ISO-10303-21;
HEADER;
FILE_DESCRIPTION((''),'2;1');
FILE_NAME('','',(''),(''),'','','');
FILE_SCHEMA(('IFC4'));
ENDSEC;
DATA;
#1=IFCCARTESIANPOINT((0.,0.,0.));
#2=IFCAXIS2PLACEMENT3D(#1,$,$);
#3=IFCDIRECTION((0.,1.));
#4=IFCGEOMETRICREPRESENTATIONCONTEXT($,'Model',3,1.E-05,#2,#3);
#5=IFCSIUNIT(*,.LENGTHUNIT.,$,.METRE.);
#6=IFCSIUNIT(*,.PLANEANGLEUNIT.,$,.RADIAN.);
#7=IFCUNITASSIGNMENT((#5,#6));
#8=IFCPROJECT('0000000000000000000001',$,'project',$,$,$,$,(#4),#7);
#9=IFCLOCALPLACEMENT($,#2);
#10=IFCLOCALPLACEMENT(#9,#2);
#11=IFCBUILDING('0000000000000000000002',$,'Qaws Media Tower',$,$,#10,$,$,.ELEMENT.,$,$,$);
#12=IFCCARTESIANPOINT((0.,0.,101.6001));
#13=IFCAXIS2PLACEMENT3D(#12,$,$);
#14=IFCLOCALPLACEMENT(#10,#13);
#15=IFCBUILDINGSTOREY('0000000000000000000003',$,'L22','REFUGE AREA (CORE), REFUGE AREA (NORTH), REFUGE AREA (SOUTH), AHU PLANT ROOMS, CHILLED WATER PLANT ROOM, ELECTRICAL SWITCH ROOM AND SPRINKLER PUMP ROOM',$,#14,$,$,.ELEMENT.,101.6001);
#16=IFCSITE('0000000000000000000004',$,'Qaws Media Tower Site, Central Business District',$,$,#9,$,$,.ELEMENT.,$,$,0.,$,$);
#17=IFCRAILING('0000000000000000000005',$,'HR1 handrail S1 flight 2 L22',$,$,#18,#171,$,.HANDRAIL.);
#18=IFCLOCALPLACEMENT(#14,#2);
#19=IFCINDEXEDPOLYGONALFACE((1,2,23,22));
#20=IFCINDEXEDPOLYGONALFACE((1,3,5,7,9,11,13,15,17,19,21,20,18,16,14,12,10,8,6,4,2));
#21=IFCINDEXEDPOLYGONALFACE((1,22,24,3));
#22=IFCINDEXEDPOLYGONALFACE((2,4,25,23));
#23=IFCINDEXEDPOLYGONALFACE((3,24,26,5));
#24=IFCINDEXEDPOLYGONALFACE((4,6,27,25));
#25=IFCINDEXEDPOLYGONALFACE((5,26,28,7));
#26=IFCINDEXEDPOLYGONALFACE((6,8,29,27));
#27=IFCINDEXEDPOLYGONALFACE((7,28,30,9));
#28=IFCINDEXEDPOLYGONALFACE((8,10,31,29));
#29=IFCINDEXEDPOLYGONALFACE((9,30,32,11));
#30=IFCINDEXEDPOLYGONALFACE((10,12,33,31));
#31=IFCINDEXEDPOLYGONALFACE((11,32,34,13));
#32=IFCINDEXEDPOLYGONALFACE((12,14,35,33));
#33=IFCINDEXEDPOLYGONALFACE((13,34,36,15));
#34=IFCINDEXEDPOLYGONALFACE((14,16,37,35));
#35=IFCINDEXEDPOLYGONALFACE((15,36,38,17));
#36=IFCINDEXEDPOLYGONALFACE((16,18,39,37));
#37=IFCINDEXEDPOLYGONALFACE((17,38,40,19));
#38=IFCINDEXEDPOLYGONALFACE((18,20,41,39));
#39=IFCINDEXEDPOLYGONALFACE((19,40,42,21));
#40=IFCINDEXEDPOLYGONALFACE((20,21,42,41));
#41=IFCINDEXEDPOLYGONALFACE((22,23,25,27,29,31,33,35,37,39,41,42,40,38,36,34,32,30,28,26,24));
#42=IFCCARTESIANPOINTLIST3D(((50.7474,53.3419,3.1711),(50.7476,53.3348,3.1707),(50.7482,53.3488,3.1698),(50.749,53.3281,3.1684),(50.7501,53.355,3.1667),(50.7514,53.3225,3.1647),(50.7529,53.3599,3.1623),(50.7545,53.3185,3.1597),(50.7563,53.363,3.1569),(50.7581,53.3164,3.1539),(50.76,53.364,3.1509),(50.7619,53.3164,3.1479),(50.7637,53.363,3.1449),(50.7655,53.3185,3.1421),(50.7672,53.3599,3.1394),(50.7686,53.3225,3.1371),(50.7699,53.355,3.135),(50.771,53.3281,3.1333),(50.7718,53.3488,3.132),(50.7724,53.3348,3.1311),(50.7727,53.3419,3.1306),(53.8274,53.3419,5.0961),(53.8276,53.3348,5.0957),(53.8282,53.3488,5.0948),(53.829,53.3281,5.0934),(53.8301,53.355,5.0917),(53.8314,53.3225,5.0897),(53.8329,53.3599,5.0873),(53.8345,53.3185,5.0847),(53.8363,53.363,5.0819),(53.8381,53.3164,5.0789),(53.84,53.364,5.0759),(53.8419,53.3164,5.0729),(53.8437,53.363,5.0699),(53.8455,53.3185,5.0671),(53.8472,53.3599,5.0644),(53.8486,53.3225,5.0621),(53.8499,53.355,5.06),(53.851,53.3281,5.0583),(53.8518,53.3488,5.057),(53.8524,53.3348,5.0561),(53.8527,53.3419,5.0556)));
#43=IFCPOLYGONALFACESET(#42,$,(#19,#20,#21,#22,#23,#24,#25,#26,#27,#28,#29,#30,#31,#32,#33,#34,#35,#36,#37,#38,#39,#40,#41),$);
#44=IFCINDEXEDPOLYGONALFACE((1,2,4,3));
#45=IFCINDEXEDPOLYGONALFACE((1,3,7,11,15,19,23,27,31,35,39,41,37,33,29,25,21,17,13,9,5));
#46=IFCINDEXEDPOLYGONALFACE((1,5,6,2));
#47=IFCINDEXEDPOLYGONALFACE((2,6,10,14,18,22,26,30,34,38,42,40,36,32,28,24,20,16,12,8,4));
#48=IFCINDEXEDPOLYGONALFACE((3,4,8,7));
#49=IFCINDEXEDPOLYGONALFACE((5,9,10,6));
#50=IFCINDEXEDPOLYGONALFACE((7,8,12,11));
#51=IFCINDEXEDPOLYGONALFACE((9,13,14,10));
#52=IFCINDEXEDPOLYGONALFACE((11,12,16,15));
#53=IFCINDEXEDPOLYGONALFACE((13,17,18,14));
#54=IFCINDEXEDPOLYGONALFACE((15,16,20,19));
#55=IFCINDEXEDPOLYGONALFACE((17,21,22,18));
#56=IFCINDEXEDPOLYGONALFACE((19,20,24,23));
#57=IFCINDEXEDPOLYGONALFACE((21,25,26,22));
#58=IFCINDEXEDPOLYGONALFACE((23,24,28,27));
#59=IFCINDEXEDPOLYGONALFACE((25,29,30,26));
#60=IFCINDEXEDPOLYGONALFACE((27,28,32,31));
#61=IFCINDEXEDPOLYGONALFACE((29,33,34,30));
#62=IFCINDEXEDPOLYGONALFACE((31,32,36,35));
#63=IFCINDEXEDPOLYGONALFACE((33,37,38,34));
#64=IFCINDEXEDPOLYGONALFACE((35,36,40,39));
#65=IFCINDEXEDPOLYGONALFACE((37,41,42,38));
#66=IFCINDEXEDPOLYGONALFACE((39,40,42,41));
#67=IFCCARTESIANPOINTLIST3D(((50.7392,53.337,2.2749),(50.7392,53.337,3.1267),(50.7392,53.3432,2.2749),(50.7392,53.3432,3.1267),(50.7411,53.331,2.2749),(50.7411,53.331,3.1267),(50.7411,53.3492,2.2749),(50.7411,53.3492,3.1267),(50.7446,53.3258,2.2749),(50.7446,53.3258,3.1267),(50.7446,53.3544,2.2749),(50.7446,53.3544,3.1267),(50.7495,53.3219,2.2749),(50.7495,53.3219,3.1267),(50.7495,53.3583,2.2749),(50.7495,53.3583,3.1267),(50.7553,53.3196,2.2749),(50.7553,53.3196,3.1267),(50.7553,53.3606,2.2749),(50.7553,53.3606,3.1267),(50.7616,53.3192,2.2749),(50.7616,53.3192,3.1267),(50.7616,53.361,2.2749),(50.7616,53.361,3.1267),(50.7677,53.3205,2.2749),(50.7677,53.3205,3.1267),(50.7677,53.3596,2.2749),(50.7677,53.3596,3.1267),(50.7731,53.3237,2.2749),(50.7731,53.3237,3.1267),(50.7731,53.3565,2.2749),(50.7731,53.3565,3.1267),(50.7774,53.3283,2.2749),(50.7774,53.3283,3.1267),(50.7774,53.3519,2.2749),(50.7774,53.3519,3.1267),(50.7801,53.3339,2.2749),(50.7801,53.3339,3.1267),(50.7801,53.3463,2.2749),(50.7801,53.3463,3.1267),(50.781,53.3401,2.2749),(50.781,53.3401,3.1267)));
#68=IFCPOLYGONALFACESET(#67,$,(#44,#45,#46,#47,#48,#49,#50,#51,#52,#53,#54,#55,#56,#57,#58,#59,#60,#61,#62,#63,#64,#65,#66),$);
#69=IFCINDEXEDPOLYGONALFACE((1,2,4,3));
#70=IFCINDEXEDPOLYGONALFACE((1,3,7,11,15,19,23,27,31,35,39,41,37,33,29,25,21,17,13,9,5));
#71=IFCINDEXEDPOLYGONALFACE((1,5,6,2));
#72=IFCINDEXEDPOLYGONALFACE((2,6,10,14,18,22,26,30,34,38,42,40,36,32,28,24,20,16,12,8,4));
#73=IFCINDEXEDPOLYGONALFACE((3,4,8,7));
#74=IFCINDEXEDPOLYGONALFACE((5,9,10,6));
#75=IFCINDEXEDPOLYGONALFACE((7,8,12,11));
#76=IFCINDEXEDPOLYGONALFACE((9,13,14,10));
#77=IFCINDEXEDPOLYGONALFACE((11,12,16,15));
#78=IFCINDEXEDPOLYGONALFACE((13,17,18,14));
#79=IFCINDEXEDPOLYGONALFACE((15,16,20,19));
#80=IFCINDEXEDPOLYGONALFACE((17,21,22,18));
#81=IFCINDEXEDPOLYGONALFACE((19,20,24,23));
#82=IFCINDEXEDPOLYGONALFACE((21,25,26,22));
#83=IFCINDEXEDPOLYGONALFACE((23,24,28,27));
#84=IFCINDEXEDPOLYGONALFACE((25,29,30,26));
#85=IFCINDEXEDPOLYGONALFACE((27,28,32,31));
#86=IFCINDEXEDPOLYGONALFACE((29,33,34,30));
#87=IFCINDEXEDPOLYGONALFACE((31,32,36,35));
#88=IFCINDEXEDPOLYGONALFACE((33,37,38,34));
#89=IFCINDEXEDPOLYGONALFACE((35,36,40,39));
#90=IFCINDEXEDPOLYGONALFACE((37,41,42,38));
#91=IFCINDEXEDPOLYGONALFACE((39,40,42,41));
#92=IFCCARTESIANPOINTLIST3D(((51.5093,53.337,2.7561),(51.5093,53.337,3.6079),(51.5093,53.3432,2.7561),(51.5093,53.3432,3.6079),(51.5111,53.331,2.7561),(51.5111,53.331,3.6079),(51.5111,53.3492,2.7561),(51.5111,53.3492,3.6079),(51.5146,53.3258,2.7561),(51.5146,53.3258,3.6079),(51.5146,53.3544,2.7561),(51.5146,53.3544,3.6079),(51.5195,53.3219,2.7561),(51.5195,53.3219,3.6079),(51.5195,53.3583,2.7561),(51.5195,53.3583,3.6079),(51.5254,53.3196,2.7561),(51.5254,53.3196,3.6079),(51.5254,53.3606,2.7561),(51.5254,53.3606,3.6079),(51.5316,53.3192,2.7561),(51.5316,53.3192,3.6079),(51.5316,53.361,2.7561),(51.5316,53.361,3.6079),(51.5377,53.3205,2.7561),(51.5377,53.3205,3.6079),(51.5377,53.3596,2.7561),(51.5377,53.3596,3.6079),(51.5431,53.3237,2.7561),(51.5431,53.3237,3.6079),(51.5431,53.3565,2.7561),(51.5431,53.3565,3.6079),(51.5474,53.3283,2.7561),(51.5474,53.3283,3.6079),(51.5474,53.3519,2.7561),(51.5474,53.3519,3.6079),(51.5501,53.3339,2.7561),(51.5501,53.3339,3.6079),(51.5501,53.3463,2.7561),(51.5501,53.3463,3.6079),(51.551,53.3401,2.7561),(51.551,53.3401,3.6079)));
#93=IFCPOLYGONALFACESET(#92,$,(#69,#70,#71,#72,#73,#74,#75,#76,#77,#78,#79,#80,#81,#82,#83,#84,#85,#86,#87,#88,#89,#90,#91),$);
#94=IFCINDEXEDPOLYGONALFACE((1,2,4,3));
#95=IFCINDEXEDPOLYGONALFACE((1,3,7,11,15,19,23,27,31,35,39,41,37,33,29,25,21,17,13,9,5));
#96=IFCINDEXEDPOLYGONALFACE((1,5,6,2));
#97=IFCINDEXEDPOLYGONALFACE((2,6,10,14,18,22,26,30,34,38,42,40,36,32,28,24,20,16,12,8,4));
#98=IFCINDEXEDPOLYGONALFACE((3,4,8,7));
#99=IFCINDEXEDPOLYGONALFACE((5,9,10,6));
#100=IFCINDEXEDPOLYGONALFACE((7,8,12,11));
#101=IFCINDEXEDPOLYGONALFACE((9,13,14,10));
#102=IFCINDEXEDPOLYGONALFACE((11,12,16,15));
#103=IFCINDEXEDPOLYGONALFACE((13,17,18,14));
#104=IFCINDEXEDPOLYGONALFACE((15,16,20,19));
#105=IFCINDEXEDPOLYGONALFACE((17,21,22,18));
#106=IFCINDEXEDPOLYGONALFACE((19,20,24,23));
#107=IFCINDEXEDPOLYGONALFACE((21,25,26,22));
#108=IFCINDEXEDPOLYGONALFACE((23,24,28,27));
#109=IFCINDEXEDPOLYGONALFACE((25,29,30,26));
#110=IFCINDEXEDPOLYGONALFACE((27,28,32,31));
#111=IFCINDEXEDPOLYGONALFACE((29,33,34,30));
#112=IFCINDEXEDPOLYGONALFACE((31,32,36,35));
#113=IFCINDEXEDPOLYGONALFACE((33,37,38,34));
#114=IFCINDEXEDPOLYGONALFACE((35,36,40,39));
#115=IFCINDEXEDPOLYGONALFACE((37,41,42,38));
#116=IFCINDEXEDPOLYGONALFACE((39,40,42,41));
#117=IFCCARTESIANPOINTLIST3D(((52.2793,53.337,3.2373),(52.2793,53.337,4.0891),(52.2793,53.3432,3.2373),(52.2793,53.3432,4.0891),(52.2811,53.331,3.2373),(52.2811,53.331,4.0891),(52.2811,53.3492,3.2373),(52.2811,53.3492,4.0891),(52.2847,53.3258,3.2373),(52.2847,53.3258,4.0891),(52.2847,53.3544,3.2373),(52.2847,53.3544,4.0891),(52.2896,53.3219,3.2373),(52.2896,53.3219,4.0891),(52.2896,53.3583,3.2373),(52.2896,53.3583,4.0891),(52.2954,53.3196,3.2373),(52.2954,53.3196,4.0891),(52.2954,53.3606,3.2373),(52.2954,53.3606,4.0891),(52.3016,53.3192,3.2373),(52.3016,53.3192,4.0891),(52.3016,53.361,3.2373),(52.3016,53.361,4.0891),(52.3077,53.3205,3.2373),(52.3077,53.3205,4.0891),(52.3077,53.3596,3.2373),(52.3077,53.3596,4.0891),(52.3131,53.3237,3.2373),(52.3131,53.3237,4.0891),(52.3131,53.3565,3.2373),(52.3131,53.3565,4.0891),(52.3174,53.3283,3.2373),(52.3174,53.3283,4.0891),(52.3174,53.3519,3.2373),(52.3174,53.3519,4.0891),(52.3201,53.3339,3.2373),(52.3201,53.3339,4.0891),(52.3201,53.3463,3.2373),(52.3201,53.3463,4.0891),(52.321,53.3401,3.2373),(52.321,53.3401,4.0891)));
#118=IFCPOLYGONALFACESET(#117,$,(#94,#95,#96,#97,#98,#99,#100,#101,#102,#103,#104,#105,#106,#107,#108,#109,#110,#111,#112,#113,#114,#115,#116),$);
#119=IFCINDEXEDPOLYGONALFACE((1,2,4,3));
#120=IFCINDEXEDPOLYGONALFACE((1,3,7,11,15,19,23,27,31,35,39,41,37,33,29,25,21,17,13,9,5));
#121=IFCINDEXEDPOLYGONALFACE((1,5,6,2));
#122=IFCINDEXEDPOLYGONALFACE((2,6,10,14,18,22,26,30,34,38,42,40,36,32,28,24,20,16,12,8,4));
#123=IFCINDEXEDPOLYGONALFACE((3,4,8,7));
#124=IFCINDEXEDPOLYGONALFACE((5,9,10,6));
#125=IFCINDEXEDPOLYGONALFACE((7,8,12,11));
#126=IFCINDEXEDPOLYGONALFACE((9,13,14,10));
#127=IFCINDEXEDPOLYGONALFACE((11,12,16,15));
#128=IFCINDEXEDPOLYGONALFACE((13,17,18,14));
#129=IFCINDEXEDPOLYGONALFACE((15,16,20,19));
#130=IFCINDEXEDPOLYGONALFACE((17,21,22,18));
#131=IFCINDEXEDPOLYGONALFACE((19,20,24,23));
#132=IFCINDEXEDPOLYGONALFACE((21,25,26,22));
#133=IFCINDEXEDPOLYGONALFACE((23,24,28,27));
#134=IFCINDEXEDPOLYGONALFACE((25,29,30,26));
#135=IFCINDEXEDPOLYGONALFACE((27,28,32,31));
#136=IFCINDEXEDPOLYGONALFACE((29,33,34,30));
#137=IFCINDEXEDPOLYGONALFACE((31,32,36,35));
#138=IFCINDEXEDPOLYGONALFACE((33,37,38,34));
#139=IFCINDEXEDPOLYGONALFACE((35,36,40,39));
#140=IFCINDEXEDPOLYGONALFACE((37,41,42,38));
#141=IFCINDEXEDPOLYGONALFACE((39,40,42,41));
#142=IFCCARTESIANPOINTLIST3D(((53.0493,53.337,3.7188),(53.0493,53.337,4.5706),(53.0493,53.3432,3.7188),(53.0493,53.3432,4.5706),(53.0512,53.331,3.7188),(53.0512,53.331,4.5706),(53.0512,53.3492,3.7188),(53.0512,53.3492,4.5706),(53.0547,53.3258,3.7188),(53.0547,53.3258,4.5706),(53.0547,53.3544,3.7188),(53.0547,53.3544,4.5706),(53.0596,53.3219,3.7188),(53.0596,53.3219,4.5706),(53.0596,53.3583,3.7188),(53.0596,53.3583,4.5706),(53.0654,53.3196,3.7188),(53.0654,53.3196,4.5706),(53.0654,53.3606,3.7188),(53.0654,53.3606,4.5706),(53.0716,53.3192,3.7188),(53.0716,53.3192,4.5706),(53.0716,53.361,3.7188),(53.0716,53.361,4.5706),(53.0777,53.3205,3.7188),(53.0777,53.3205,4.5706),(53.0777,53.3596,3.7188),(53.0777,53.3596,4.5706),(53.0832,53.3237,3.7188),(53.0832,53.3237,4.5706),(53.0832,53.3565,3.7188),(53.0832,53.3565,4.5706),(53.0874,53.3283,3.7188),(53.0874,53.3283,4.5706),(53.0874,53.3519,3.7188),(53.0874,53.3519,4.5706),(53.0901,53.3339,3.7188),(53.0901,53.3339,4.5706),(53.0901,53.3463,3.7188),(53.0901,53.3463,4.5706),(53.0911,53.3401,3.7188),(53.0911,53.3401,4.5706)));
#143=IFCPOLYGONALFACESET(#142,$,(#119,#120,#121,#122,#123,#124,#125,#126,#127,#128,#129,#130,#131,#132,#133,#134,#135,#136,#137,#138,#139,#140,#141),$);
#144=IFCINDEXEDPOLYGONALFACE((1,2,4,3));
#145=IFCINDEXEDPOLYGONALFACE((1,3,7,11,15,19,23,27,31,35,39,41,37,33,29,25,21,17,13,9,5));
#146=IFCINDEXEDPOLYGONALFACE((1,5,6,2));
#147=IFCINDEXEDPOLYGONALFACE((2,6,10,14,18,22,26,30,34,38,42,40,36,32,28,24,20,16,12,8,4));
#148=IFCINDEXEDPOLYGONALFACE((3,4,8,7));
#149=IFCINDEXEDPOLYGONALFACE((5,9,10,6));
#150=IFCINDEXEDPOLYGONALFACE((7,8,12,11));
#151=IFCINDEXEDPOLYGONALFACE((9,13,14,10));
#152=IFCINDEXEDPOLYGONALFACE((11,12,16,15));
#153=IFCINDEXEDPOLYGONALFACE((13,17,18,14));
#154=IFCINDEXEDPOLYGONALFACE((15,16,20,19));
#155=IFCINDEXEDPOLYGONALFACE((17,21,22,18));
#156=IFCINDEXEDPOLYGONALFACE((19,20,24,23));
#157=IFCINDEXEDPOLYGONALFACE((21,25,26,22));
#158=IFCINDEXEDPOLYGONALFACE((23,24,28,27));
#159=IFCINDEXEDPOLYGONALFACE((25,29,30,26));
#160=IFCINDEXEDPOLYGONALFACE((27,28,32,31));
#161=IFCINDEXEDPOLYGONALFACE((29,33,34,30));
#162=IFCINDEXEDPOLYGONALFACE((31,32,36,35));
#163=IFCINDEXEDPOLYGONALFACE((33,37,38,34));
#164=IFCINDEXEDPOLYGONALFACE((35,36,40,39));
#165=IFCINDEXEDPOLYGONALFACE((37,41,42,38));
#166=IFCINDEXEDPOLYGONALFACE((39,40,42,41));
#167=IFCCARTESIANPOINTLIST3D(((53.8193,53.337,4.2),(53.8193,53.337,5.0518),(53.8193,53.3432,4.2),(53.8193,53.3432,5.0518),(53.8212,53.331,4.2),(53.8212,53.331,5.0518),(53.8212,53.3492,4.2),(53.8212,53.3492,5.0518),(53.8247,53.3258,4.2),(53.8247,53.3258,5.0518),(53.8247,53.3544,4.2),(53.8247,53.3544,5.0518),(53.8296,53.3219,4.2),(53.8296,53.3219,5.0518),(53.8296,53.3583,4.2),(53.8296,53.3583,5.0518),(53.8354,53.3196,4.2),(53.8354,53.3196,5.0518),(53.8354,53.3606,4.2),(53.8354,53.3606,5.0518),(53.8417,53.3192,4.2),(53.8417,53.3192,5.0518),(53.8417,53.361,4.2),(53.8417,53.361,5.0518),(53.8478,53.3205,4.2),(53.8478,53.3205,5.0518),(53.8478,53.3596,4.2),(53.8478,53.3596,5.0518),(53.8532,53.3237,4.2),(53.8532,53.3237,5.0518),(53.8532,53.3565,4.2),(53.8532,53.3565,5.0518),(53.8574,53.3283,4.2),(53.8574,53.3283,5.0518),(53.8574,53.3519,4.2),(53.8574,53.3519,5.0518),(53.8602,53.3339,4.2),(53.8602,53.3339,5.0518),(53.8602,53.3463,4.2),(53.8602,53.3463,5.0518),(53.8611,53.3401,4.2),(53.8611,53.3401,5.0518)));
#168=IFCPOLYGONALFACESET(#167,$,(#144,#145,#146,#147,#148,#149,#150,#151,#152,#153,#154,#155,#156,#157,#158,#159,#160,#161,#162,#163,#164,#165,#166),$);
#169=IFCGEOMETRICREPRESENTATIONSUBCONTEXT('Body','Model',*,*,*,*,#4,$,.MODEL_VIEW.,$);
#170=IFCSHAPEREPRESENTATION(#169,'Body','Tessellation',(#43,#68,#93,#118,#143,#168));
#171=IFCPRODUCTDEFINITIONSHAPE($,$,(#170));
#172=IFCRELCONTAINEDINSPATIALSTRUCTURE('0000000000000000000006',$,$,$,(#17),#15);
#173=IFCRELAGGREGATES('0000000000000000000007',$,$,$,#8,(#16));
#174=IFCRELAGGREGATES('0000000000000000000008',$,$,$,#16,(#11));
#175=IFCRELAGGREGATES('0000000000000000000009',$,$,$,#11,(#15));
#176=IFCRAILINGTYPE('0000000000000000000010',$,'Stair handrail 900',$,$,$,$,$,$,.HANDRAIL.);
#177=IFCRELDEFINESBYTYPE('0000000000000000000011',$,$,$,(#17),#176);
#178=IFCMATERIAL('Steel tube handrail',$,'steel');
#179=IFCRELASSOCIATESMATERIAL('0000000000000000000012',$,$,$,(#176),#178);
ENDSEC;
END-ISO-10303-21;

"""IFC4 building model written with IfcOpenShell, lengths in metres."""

from ifc_helpers import new_model, si_unit, direction, frame, origin, origin_2d, place, context, subcontext, project, spatial, circle, extrude, material, type_object, element, save


model = new_model("IFC4")

# Units and contexts
model_context = context("Model", 3, precision=1e-05, world=origin(), true_north=direction((0.0, 1.0)))
body_context = subcontext(model_context, "Body", "Model", "MODEL_VIEW")
ifc_project = project(units=[si_unit("LENGTHUNIT", "METRE"), si_unit("PLANEANGLEUNIT", "RADIAN")], contexts=[model_context])

# Site, building, storey
site_placement = place(None, origin())
site = spatial("IfcSite", under=ifc_project, at=site_placement, Name="Qaws Media Tower Site, Central Business District", CompositionType="ELEMENT", RefElevation=0.0)
building_placement = place(site_placement, origin())
building = spatial("IfcBuilding", under=site, at=building_placement, Name="Qaws Media Tower", CompositionType="ELEMENT")
storey_placement = place(building_placement, frame((0.0, 0.0, 101.6001)))
storey = spatial("IfcBuildingStorey", under=building, at=storey_placement, Name="L22", Description="REFUGE AREA (CORE), REFUGE AREA (NORTH), REFUGE AREA (SOUTH), AHU PLANT ROOMS, CHILLED WATER PLANT ROOM, ELECTRICAL SWITCH ROOM AND SPRINKLER PUMP ROOM", CompositionType="ELEMENT", Elevation=101.6001)

# Railing
ifc_material_1 = material(Name="Steel tube handrail", Category="steel")
railing_type = type_object("IfcRailingType", Name="Stair handrail 900", PredefinedType="HANDRAIL", material=ifc_material_1)
for number, where, name in (
    (1, (50.76, 53.3401, 2.2749), "HR1 handrail S1 flight 2 L22"),
):
    element("IfcRailing", number, at=place(storey_placement, frame(where)), inside=storey, type_object=railing_type, Name=name, PredefinedType="HANDRAIL", context=body_context, shape_type="SweptSolid", body=[
        extrude(circle(Radius=0.0239, at=origin_2d()), frame((0.0, 0.0, 0.876), z_axis=(0.847998, 0.0, 0.529999), x_axis=(0.0, 1.0, 0.0)), (0.0, 0.0, 1.0), 3.6321),
        extrude(circle(Radius=0.021, at=origin_2d()), origin(), (0.0, 0.0, 1.0), 0.8518),
        extrude(circle(Radius=0.021, at=origin_2d()), frame((0.77, 0.0, 0.4812)), (0.0, 0.0, 1.0), 0.8518),
        extrude(circle(Radius=0.021, at=origin_2d()), frame((1.54, 0.0, 0.9624)), (0.0, 0.0, 1.0), 0.8518),
        extrude(circle(Radius=0.021, at=origin_2d()), frame((2.3101, 0.0, 1.4438)), (0.0, 0.0, 1.0), 0.8518),
        extrude(circle(Radius=0.021, at=origin_2d()), frame((3.0801, 0.0, 1.925)), (0.0, 0.0, 1.0), 0.8518),
    ])

save(model, "model.ifc")
